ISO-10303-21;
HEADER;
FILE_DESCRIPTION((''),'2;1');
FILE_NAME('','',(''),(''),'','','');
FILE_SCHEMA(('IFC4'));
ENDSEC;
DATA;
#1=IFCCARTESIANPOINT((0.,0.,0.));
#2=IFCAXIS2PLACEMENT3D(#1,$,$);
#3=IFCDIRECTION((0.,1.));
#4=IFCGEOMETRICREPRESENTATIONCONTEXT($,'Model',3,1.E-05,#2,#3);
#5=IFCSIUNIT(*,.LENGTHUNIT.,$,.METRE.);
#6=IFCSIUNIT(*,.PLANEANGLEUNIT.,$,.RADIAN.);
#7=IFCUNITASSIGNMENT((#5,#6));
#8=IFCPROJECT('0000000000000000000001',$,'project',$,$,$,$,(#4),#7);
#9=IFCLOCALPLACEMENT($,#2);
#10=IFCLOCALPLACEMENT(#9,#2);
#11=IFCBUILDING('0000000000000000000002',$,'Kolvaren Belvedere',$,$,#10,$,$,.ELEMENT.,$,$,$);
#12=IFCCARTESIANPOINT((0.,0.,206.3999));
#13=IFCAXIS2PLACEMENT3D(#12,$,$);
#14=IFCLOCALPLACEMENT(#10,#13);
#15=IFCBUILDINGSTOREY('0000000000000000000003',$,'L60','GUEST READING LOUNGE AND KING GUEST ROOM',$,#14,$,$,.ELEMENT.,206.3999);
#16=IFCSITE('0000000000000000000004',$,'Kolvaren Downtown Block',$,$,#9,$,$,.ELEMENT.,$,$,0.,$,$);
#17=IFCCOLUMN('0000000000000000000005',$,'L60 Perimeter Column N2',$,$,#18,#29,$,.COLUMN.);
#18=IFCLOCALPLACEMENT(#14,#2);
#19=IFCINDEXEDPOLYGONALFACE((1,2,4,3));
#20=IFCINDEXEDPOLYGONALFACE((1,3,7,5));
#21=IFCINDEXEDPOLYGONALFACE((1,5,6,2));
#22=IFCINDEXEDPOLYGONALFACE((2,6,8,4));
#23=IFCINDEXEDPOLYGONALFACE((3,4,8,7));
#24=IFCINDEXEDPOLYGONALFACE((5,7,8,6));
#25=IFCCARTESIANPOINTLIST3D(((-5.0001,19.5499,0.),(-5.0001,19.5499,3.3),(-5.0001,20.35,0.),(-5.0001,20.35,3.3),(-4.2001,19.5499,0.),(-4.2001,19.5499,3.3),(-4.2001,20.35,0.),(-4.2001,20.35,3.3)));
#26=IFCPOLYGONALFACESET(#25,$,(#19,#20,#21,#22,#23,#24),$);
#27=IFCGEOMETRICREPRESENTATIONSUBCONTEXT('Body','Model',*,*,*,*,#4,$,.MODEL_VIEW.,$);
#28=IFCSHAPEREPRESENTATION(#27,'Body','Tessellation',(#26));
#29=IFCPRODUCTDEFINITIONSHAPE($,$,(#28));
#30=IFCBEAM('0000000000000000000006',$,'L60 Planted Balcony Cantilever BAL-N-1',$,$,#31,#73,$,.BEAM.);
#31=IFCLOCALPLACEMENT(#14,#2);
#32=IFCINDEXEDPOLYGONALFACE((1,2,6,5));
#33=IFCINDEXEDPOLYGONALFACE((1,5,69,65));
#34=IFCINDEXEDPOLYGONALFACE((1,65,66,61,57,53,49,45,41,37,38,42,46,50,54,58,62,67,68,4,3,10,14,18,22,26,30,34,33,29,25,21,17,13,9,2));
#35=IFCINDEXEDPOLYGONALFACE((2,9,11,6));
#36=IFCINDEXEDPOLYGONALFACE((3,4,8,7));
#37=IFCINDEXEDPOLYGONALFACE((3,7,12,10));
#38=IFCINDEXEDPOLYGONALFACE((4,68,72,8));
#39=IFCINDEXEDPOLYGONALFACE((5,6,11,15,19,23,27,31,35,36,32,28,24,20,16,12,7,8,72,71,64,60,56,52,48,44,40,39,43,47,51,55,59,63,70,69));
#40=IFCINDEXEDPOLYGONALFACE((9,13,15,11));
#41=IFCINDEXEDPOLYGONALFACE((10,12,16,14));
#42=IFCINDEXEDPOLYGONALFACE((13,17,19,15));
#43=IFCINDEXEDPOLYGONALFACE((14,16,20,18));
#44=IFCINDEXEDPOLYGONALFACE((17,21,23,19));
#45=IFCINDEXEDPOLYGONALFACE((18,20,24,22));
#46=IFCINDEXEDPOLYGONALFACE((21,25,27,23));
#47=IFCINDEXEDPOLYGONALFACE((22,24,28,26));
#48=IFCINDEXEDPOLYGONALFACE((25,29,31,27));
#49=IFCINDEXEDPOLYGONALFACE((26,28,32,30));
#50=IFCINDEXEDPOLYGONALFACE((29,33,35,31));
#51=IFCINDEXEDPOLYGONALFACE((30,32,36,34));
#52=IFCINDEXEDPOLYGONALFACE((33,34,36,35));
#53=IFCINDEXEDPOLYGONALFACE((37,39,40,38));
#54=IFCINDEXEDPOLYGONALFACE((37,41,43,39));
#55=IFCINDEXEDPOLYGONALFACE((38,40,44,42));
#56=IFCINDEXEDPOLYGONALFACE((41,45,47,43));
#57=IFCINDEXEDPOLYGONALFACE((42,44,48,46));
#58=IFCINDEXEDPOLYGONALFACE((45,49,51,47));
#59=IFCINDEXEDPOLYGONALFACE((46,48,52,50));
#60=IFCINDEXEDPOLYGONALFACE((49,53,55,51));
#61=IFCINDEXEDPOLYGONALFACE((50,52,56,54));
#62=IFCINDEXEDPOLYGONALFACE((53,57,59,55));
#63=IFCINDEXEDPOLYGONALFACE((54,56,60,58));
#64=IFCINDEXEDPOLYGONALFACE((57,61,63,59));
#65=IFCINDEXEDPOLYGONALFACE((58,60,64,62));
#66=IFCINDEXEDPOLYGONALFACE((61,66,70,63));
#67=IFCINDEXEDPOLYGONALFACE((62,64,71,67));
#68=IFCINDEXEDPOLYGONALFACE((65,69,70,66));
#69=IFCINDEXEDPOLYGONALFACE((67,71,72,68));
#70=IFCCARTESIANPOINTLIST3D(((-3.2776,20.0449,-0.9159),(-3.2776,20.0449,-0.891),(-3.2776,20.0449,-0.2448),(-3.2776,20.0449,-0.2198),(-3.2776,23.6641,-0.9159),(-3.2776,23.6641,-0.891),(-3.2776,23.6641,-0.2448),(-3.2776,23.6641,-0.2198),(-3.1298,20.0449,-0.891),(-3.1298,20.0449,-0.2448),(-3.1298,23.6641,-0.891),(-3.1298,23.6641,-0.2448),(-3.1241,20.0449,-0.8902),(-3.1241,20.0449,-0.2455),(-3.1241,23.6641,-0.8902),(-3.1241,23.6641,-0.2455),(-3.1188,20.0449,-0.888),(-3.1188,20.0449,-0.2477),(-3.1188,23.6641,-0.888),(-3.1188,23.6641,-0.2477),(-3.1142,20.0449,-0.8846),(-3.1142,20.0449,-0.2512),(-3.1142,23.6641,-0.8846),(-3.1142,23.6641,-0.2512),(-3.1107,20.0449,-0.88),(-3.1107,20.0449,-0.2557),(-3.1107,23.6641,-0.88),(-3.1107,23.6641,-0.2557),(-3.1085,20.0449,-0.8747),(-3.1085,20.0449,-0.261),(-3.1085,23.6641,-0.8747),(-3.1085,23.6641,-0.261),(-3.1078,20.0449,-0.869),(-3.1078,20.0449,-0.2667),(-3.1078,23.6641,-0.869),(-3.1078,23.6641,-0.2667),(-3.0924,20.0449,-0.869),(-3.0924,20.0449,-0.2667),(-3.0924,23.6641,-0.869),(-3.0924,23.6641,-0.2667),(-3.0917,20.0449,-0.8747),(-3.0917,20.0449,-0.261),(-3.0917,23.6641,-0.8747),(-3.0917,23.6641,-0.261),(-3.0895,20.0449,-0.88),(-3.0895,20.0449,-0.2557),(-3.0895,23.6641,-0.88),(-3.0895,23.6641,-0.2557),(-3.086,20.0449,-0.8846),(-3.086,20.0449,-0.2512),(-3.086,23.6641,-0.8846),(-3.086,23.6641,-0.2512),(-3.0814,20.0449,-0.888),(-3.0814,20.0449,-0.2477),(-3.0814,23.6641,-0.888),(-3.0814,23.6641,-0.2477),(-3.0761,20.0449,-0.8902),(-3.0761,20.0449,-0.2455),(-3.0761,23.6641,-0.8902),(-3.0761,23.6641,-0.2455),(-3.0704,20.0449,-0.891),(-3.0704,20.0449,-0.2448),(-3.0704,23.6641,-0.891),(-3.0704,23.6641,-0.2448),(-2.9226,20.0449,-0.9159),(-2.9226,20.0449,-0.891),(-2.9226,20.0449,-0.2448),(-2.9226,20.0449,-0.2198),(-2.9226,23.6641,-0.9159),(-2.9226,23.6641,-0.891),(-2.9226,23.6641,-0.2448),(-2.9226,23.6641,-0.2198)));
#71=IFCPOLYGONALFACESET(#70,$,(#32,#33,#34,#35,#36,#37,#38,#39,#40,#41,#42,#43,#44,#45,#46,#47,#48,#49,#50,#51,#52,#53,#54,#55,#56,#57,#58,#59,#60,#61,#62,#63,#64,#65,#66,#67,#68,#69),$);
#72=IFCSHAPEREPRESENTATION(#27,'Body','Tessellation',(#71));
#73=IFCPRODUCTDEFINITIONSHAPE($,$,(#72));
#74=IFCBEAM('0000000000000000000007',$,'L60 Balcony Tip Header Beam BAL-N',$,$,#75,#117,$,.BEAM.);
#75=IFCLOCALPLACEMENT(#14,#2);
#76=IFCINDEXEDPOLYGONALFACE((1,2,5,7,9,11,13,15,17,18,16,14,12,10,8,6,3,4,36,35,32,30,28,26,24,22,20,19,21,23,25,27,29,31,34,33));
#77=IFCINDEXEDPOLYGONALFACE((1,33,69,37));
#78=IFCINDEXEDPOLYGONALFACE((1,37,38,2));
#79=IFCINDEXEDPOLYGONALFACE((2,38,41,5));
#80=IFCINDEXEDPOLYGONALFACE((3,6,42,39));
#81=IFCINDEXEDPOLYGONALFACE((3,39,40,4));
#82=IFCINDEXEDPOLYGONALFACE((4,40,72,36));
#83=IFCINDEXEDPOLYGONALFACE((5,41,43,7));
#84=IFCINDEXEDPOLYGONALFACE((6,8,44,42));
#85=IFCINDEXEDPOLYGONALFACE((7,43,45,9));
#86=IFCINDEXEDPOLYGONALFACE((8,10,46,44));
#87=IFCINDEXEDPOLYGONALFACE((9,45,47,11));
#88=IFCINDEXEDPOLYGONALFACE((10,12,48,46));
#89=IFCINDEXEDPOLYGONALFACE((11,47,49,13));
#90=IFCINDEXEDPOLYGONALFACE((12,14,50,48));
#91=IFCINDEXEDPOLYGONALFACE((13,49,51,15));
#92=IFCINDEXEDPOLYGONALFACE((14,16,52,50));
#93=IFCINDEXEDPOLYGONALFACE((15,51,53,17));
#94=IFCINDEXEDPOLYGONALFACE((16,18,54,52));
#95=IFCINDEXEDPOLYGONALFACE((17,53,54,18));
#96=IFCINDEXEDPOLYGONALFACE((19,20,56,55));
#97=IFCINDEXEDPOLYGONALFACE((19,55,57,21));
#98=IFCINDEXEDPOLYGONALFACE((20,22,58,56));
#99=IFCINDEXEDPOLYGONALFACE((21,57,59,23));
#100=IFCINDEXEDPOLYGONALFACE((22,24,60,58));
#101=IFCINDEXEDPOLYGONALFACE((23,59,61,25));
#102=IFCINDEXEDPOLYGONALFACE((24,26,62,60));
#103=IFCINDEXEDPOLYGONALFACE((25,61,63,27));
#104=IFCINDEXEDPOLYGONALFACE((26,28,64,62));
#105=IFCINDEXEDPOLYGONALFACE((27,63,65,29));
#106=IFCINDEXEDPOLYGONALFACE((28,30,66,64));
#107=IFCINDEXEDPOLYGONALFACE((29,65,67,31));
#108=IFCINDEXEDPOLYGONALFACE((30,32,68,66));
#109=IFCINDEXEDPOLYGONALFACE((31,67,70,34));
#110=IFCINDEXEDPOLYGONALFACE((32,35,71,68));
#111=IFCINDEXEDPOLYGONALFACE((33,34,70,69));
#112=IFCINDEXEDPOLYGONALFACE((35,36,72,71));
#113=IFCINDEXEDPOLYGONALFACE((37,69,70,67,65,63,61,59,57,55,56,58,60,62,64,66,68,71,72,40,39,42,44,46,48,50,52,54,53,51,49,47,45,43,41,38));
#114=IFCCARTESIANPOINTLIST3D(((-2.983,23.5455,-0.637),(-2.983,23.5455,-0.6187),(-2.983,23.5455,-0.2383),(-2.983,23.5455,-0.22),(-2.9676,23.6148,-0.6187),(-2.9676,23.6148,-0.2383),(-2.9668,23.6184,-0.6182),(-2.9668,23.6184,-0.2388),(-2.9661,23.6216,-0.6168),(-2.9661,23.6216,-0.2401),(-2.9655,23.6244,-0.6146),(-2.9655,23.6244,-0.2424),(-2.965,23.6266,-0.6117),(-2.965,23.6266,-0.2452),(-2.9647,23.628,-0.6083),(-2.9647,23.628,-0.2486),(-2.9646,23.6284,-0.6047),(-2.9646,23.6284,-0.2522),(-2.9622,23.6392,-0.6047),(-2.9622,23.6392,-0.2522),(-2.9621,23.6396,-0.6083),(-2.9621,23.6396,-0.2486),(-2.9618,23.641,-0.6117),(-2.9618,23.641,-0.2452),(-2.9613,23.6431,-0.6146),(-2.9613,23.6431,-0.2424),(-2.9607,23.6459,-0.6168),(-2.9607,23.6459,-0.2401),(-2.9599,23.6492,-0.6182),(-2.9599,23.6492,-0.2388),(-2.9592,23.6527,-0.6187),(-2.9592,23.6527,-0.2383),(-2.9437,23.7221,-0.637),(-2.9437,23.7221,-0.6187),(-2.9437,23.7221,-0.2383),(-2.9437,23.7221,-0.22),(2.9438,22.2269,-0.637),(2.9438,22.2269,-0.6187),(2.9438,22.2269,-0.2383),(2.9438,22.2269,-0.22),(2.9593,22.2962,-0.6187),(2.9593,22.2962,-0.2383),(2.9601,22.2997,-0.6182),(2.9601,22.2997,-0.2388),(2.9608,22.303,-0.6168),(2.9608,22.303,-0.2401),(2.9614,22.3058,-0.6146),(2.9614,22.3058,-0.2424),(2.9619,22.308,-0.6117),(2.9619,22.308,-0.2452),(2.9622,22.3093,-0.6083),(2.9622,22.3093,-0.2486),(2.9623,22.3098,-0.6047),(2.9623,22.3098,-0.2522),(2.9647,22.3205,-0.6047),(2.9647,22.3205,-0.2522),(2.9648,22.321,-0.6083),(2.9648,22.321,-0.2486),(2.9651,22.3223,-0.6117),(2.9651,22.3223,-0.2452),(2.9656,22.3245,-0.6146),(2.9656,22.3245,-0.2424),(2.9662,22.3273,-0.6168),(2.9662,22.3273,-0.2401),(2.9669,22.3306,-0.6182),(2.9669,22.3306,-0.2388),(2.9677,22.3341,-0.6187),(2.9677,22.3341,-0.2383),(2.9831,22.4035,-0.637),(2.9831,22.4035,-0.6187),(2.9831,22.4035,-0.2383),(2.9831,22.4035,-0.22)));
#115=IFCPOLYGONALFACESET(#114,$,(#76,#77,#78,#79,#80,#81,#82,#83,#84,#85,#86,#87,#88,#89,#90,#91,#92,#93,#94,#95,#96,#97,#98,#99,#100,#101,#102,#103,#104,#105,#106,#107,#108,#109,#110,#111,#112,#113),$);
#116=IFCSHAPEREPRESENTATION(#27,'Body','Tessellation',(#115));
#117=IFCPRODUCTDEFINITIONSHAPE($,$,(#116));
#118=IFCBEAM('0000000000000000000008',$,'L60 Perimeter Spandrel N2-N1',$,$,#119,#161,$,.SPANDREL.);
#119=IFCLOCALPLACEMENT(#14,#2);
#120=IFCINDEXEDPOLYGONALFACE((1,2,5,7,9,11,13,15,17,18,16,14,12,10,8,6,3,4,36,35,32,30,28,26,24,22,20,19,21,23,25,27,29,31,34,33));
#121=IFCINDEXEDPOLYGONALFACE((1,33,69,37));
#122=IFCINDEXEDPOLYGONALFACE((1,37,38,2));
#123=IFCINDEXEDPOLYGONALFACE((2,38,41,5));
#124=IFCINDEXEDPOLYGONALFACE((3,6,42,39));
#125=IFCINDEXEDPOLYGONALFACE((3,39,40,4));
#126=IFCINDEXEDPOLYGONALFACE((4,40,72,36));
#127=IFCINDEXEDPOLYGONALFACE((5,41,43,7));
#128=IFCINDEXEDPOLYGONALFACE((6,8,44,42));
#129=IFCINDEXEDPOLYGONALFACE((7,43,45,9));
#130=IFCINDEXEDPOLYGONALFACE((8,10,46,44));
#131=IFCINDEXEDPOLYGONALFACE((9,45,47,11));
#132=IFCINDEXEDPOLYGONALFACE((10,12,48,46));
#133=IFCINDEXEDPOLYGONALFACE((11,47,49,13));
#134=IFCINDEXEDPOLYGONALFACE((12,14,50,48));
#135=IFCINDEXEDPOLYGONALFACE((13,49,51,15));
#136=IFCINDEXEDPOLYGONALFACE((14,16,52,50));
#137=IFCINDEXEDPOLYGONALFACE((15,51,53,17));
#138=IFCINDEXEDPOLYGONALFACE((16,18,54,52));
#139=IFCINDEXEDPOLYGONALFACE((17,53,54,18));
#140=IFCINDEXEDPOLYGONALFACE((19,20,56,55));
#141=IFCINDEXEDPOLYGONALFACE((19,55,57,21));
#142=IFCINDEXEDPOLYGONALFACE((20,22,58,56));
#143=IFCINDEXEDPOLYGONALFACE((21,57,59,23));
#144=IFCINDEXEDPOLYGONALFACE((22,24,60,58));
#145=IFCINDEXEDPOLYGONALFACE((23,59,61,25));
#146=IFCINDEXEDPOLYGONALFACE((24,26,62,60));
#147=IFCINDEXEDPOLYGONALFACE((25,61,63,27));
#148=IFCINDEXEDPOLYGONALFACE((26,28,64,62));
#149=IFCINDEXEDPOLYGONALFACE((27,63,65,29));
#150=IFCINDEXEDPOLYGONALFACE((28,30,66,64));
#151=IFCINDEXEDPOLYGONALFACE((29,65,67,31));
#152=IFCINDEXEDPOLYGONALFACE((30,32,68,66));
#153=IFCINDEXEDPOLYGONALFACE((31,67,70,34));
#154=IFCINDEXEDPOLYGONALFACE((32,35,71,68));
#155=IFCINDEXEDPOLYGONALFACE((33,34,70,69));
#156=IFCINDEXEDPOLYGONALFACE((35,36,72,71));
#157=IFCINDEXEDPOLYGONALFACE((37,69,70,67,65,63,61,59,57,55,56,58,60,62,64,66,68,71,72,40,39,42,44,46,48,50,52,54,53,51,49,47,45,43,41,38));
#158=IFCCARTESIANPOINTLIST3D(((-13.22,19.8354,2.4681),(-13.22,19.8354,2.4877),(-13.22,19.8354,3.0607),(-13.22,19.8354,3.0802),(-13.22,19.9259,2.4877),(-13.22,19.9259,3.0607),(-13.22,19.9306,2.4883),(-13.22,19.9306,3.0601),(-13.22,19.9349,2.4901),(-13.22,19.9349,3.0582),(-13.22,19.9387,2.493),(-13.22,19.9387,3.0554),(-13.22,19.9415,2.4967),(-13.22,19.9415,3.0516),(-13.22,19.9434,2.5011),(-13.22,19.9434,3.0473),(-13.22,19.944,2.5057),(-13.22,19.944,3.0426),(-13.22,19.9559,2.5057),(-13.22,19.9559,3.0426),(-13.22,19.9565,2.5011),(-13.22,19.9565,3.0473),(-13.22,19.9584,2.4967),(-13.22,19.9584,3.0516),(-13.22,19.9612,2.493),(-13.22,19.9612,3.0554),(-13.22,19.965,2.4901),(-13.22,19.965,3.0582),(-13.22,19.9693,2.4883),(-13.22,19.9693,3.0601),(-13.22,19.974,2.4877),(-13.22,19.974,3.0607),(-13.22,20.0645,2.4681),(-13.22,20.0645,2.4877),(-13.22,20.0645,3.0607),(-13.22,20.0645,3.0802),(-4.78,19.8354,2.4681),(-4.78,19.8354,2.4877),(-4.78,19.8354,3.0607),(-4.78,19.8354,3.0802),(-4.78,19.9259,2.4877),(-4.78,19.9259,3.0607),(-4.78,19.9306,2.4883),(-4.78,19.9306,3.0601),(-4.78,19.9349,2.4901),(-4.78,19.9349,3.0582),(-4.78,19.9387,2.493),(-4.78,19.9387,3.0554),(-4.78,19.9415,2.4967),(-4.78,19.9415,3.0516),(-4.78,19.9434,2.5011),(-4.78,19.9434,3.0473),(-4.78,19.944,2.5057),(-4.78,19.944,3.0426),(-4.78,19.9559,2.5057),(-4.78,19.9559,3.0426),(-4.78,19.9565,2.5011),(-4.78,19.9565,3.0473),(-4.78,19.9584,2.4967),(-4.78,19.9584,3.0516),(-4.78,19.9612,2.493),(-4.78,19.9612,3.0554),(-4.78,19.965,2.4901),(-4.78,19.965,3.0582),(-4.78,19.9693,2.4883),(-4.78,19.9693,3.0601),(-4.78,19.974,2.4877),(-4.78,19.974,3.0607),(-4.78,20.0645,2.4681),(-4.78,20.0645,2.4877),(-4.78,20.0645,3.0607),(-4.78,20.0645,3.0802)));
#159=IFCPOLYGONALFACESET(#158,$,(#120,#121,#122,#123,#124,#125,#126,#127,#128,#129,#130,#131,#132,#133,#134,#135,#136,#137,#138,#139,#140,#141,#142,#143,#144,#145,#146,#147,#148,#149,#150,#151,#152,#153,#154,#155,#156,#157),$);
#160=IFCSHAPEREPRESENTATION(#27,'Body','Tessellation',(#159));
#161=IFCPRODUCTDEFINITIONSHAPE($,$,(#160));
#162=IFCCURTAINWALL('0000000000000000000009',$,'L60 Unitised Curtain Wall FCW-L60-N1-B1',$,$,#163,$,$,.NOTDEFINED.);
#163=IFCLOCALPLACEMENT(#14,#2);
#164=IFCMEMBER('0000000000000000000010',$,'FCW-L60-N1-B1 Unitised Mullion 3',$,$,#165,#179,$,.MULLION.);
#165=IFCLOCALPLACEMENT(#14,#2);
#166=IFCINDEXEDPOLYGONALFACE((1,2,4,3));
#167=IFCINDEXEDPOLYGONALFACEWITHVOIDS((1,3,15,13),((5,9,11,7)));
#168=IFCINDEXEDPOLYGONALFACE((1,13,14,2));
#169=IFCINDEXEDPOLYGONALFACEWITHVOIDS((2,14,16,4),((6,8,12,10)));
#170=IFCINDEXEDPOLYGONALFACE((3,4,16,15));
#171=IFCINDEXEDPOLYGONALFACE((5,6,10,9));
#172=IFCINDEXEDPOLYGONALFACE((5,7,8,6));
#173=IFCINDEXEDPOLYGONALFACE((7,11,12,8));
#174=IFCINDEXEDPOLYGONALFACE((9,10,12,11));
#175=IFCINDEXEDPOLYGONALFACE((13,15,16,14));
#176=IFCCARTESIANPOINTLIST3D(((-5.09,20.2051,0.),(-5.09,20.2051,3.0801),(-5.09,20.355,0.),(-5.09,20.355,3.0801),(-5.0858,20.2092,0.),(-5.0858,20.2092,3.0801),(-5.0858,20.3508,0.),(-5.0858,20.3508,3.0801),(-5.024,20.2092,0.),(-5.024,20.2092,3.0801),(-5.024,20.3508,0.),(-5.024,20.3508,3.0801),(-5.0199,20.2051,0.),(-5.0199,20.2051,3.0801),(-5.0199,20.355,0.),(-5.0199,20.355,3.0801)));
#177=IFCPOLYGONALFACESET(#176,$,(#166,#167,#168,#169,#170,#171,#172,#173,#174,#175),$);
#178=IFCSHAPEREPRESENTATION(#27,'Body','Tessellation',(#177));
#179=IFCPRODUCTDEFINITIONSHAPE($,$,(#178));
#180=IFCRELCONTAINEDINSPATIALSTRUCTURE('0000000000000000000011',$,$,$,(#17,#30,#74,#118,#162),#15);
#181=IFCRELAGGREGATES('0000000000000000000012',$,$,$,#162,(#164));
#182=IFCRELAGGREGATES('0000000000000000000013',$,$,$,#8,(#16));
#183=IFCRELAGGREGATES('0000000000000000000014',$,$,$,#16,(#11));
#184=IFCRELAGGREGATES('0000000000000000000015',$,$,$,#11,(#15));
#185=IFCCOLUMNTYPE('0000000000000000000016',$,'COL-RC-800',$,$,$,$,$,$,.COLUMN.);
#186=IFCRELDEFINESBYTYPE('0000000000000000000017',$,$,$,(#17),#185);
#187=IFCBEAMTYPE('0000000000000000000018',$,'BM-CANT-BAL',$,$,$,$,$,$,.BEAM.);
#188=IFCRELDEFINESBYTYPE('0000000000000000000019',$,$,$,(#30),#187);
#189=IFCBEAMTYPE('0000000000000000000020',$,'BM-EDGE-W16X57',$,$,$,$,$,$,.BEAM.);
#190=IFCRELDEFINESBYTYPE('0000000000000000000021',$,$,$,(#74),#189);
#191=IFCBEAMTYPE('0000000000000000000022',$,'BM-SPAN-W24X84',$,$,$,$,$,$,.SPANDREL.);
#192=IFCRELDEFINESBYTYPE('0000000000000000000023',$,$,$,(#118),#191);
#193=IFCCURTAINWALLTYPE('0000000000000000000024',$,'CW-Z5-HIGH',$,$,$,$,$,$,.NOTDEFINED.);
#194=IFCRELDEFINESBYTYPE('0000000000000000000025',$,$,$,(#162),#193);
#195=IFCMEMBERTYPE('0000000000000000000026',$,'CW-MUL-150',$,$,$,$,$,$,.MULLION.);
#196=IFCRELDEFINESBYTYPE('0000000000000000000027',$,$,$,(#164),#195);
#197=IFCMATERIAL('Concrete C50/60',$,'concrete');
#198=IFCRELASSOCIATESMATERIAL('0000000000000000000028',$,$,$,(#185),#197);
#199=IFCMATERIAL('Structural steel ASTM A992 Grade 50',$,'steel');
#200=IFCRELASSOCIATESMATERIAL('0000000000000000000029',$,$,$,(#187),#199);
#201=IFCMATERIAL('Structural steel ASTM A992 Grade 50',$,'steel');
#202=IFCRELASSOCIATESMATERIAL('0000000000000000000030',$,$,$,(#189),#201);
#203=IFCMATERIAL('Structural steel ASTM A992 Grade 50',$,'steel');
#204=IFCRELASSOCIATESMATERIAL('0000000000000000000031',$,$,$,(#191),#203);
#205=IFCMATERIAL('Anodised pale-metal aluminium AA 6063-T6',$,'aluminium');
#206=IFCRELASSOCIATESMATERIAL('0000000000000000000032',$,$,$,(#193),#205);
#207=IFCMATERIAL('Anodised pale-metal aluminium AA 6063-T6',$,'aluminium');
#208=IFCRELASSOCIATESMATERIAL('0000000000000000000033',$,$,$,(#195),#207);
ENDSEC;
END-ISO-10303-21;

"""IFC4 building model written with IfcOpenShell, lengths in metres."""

from ifc_helpers import new_model, si_unit, direction, frame, origin, origin_2d, place, context, subcontext, project, spatial, rectangle, hollow_rectangle, i_section, extrude, material, material_profile, profile_set, type_object, element, aggregate, save


model = new_model("IFC4")

# Units and contexts
model_context = context("Model", 3, precision=1e-05, world=origin(), true_north=direction((0.0, 1.0)))
body_context = subcontext(model_context, "Body", "Model", "MODEL_VIEW")
ifc_project = project(units=[si_unit("LENGTHUNIT", "METRE"), si_unit("PLANEANGLEUNIT", "RADIAN")], contexts=[model_context])

# Site, building, storey
site_placement = place(None, origin())
site = spatial("IfcSite", under=ifc_project, at=site_placement, Name="Kolvaren Downtown Block", CompositionType="ELEMENT", RefElevation=0.0)
building_placement = place(site_placement, origin())
building = spatial("IfcBuilding", under=site, at=building_placement, Name="Kolvaren Belvedere", CompositionType="ELEMENT")
storey_placement = place(building_placement, frame((0.0, 0.0, 206.3999)))
storey = spatial("IfcBuildingStorey", under=building, at=storey_placement, Name="L60", Description="GUEST READING LOUNGE AND KING GUEST ROOM", CompositionType="ELEMENT", Elevation=206.3999)

# Column
ifc_material_1 = material(Name="Concrete C50/60", Category="concrete")
ifc_material_profile_1 = material_profile(ifc_material_1, rectangle(XDim=0.8, YDim=0.8, at=origin_2d()), Name="RC 800X800")
ifc_profile_set_1 = profile_set([ifc_material_profile_1], Name="Concrete C50/60")
column_type = type_object("IfcColumnType", Name="COL-RC-800", PredefinedType="COLUMN", material=ifc_profile_set_1)
column_placement = place(storey_placement, frame((-4.6001, 19.95, 0.0), z_axis=(0.0, 0.0, 1.0), x_axis=(1.0, 0.0, 0.0)))
element("IfcColumn", 1, at=column_placement, inside=storey, type_object=column_type, Name="L60 Perimeter Column N2", PredefinedType="COLUMN", context=body_context, shape_type="SweptSolid", body=[
    extrude(rectangle(XDim=0.8, YDim=0.8, at=origin_2d()), origin(), (0.0, 0.0, 1.0), 3.3),
])

# Beams
ifc_material_2 = material(Name="Structural steel ASTM A992 Grade 50", Category="steel")
ifc_material_profile_2 = material_profile(ifc_material_2, i_section(OverallWidth=0.355, OverallDepth=0.696, WebThickness=0.0154, FlangeThickness=0.0249, FilletRadius=0.022, at=origin_2d()), Name="W27X146")
ifc_profile_set_2 = profile_set([ifc_material_profile_2], Name="Structural steel ASTM A992 Grade 50")
beam_type_1 = type_object("IfcBeamType", Name="BM-CANT-BAL", PredefinedType="BEAM", material=ifc_profile_set_2)
beam_1_placement = place(storey_placement, frame((-3.1001, 20.0449, -0.5679), z_axis=(0.0, 1.0, 0.0), x_axis=(-1.0, 0.0, 0.0)))
element("IfcBeam", 2, at=beam_1_placement, inside=storey, type_object=beam_type_1, Name="L60 Planted Balcony Cantilever BAL-N-1", PredefinedType="BEAM", context=body_context, shape_type="SweptSolid", body=[
    extrude(i_section(OverallWidth=0.355, OverallDepth=0.696, WebThickness=0.0154, FlangeThickness=0.0249, FilletRadius=0.022, at=origin_2d()), origin(), (0.0, 0.0, 1.0), 3.6191),
])
ifc_material_3 = material(Name="Structural steel ASTM A992 Grade 50", Category="steel")
ifc_material_profile_3 = material_profile(ifc_material_3, i_section(OverallWidth=0.1809, OverallDepth=0.417, WebThickness=0.011, FlangeThickness=0.0183, FilletRadius=0.0139, at=origin_2d()), Name="W16X57")
ifc_profile_set_3 = profile_set([ifc_material_profile_3], Name="Structural steel ASTM A992 Grade 50")
beam_type_2 = type_object("IfcBeamType", Name="BM-EDGE-W16X57", PredefinedType="BEAM", material=ifc_profile_set_3)
beam_2_placement = place(storey_placement, frame((-2.9634, 23.6338, -0.4285), z_axis=(0.976133, -0.217173, 0.0), x_axis=(0.217173, 0.976133, 0.0)))
element("IfcBeam", 3, at=beam_2_placement, inside=storey, type_object=beam_type_2, Name="L60 Balcony Tip Header Beam BAL-N", PredefinedType="BEAM", context=body_context, shape_type="SweptSolid", body=[
    extrude(i_section(OverallWidth=0.1809, OverallDepth=0.417, WebThickness=0.011, FlangeThickness=0.0183, FilletRadius=0.0139, at=origin_2d()), origin(), (0.0, 0.0, 1.0), 6.0718),
])
ifc_material_4 = material(Name="Structural steel ASTM A992 Grade 50", Category="steel")
ifc_material_profile_4 = material_profile(ifc_material_4, i_section(OverallWidth=0.229, OverallDepth=0.6121, WebThickness=0.012, FlangeThickness=0.0195, FilletRadius=0.0181, at=origin_2d()), Name="W24X84")
ifc_profile_set_4 = profile_set([ifc_material_profile_4], Name="Structural steel ASTM A992 Grade 50")
beam_type_3 = type_object("IfcBeamType", Name="BM-SPAN-W24X84", PredefinedType="SPANDREL", material=ifc_profile_set_4)
beam_3_placement = place(storey_placement, frame((-4.78, 19.95, 2.7742), z_axis=(-1.0, 0.0, 0.0), x_axis=(0.0, -1.0, 0.0)))
element("IfcBeam", 4, at=beam_3_placement, inside=storey, type_object=beam_type_3, Name="L60 Perimeter Spandrel N2-N1", PredefinedType="SPANDREL", context=body_context, shape_type="SweptSolid", body=[
    extrude(i_section(OverallWidth=0.229, OverallDepth=0.6121, WebThickness=0.012, FlangeThickness=0.0195, FilletRadius=0.0181, at=origin_2d()), origin(), (0.0, 0.0, 1.0), 8.4399),
])

# Curtain wall, member
ifc_material_5 = material(Name="Anodised pale-metal aluminium AA 6063-T6", Category="aluminium")
curtain_wall_type = type_object("IfcCurtainWallType", Name="CW-Z5-HIGH", PredefinedType="NOTDEFINED", material=ifc_material_5)
curtain_wall_1_placement = place(storey_placement, origin())
curtain_wall_1 = element("IfcCurtainWall", 5, at=curtain_wall_1_placement, inside=storey, type_object=curtain_wall_type, Name="L60 Unitised Curtain Wall FCW-L60-N1-B1", PredefinedType="NOTDEFINED")
ifc_material_6 = material(Name="Anodised pale-metal aluminium AA 6063-T6", Category="aluminium")
ifc_material_profile_5 = material_profile(ifc_material_6, hollow_rectangle(XDim=0.0701, YDim=0.1499, WallThickness=0.0042, at=origin_2d()), Name="ALU-MUL-150X70")
ifc_profile_set_5 = profile_set([ifc_material_profile_5], Name="Anodised pale-metal aluminium AA 6063-T6")
member_type_1 = type_object("IfcMemberType", Name="CW-MUL-150", PredefinedType="MULLION", material=ifc_profile_set_5)
member_1_placement = place(storey_placement, frame((-5.0549, 20.28, 0.0), z_axis=(0.0, 0.0, 1.0), x_axis=(1.0, 0.0, 0.0)))
member_1 = element("IfcMember", 6, at=member_1_placement, type_object=member_type_1, Name="FCW-L60-N1-B1 Unitised Mullion 3", PredefinedType="MULLION", context=body_context, shape_type="SweptSolid", body=[
    extrude(hollow_rectangle(XDim=0.0701, YDim=0.1499, WallThickness=0.0042, at=origin_2d()), origin(), (0.0, 0.0, 1.0), 3.0801),
])
aggregate(curtain_wall_1, [member_1])

save(model, "model.ifc")
